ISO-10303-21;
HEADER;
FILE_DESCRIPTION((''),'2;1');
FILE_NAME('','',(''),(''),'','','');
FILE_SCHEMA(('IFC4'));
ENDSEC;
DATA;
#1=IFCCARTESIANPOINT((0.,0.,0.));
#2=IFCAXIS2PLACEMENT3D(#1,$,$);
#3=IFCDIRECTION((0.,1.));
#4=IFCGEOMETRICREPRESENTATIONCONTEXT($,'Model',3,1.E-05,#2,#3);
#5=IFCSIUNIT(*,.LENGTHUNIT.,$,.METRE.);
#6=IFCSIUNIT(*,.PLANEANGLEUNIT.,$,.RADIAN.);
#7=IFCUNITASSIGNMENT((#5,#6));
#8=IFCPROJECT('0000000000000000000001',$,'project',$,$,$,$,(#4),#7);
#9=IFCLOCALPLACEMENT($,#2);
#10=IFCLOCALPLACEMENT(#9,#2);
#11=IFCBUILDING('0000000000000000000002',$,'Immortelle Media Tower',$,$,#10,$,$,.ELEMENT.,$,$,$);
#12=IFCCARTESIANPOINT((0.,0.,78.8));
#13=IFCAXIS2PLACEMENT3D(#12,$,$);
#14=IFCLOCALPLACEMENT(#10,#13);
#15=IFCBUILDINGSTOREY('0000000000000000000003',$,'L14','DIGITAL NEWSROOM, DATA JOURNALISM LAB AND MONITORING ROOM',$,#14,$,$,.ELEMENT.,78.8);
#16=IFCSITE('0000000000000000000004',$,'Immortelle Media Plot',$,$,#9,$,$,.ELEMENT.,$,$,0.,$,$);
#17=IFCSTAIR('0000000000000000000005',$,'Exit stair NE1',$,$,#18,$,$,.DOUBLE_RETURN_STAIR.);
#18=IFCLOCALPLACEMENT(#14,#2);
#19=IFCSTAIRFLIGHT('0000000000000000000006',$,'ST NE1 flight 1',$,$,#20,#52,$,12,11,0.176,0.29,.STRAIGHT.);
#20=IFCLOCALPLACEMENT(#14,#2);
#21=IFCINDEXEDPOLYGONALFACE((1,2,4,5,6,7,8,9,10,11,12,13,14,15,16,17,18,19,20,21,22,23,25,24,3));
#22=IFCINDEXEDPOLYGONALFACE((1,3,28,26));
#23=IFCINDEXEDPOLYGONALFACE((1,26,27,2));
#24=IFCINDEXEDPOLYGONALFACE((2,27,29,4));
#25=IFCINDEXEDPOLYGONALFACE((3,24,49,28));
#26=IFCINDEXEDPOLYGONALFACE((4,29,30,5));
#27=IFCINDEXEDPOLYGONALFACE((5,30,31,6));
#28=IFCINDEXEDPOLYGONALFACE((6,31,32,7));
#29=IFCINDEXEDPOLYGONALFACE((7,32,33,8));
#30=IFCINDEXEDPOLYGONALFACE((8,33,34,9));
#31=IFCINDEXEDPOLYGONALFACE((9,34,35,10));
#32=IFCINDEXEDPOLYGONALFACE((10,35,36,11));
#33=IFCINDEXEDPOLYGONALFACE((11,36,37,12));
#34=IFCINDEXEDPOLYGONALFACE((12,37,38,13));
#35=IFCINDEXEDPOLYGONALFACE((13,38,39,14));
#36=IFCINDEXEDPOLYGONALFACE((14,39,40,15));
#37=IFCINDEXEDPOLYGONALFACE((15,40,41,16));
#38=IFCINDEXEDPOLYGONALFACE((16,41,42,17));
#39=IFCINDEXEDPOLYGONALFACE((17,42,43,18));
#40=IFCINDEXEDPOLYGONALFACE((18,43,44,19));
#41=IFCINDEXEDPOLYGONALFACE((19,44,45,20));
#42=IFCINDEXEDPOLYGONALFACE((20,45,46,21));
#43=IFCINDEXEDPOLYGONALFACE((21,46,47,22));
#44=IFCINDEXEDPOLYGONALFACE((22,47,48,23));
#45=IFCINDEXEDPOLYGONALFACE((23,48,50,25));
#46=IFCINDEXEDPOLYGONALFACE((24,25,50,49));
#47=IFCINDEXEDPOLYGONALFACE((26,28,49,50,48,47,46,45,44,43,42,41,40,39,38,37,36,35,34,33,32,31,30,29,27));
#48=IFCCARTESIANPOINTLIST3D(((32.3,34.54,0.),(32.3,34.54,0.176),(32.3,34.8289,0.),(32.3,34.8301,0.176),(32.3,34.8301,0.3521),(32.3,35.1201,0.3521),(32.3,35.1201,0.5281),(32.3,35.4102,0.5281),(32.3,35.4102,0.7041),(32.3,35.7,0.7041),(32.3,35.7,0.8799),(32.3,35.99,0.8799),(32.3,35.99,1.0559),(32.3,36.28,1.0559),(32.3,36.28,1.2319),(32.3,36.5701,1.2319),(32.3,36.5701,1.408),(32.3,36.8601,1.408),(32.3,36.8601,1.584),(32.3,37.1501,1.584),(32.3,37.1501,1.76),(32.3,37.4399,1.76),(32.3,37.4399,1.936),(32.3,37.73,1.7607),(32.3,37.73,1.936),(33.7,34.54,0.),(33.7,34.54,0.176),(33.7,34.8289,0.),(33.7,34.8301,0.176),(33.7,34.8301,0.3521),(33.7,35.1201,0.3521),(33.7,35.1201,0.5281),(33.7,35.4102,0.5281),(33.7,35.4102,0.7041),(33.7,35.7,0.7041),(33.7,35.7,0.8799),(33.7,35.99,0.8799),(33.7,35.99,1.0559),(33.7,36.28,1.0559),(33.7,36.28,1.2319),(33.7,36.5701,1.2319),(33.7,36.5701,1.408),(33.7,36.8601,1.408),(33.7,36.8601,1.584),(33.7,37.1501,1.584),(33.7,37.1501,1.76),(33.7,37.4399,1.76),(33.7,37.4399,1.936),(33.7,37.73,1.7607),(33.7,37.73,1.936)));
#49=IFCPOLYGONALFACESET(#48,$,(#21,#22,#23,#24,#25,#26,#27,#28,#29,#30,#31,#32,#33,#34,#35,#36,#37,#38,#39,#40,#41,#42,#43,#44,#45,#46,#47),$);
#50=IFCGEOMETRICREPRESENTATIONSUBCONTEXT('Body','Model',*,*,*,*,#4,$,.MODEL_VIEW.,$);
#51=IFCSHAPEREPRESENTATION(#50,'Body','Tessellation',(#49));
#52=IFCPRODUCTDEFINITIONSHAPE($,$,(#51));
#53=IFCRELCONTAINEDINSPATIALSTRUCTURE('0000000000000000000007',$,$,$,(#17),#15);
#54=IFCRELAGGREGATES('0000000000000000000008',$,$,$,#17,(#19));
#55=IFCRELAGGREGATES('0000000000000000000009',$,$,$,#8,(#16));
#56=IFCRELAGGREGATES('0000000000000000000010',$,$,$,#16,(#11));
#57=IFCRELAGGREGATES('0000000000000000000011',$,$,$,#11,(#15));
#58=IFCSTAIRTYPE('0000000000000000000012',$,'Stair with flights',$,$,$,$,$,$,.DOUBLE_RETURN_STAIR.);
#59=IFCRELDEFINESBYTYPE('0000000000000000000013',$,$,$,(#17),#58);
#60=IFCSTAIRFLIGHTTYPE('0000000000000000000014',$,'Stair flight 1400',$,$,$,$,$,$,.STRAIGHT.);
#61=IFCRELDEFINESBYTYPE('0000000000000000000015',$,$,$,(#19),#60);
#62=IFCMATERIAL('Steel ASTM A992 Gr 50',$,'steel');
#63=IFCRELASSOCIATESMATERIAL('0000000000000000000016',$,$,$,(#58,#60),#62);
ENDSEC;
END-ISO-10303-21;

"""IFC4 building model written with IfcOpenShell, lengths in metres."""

from ifc_helpers import new_model, si_unit, direction, frame, origin, place, context, subcontext, project, spatial, polyline, outline, extrude, material, type_object, element, aggregate, save


model = new_model("IFC4")

# Units and contexts
model_context = context("Model", 3, precision=1e-05, world=origin(), true_north=direction((0.0, 1.0)))
body_context = subcontext(model_context, "Body", "Model", "MODEL_VIEW")
ifc_project = project(units=[si_unit("LENGTHUNIT", "METRE"), si_unit("PLANEANGLEUNIT", "RADIAN")], contexts=[model_context])

# Site, building, storey
site_placement = place(None, origin())
site = spatial("IfcSite", under=ifc_project, at=site_placement, Name="Immortelle Media Plot", CompositionType="ELEMENT", RefElevation=0.0)
building_placement = place(site_placement, origin())
building = spatial("IfcBuilding", under=site, at=building_placement, Name="Immortelle Media Tower", CompositionType="ELEMENT")
storey_placement = place(building_placement, frame((0.0, 0.0, 78.8)))
storey = spatial("IfcBuildingStorey", under=building, at=storey_placement, Name="L14", Description="DIGITAL NEWSROOM, DATA JOURNALISM LAB AND MONITORING ROOM", CompositionType="ELEMENT", Elevation=78.8)

# Shared definitions
ifc_material_1 = material(Name="Steel ASTM A992 Gr 50", Category="steel")

# Stair, stair flight
stair_type = type_object("IfcStairType", Name="Stair with flights", PredefinedType="DOUBLE_RETURN_STAIR", material=ifc_material_1)
stair_placement = place(storey_placement, origin())
stair = element("IfcStair", 1, at=stair_placement, inside=storey, type_object=stair_type, Name="Exit stair NE1", PredefinedType="DOUBLE_RETURN_STAIR")
stair_flight_type = type_object("IfcStairFlightType", Name="Stair flight 1400", PredefinedType="STRAIGHT", material=ifc_material_1)
stair_flight_placement = place(storey_placement, frame((33.0, 34.54, 0.0), z_axis=(0.0, 0.0, 1.0), x_axis=(0.0, 1.0, 0.0)))
stair_flight = element("IfcStairFlight", 2, at=stair_flight_placement, type_object=stair_flight_type, Name="ST NE1 flight 1", NumberOfRisers=12, NumberOfTreads=11, PredefinedType="STRAIGHT", RiserHeight=0.176, TreadLength=0.29, context=body_context, shape_type="SweptSolid", body=[
    extrude(outline(polyline([(0.0, 0.0), (0.0, 0.176), (0.29, 0.176), (0.29, 0.3521), (0.5801, 0.3521), (0.5801, 0.5281), (0.8701, 0.5281), (0.8701, 0.7041), (1.1599, 0.7041), (1.1599, 0.8799), (1.45, 0.8799), (1.45, 1.0559), (1.74, 1.0559), (1.74, 1.2319), (2.03, 1.2319), (2.03, 1.408), (2.3201, 1.408), (2.3201, 1.584), (2.6101, 1.584), (2.6101, 1.76), (2.8999, 1.76), (2.8999, 1.936), (3.1899, 1.936), (3.1899, 2.1121), (3.1899, 1.7607), (0.2888, 0.0), (0.0, 0.0)])), frame((0.0, 0.7, 0.0), z_axis=(0.0, -1.0, 0.0), x_axis=(1.0, 0.0, 0.0)), (0.0, 0.0, 1.0), 1.3999),
])
aggregate(stair, [stair_flight])

save(model, "model.ifc")
